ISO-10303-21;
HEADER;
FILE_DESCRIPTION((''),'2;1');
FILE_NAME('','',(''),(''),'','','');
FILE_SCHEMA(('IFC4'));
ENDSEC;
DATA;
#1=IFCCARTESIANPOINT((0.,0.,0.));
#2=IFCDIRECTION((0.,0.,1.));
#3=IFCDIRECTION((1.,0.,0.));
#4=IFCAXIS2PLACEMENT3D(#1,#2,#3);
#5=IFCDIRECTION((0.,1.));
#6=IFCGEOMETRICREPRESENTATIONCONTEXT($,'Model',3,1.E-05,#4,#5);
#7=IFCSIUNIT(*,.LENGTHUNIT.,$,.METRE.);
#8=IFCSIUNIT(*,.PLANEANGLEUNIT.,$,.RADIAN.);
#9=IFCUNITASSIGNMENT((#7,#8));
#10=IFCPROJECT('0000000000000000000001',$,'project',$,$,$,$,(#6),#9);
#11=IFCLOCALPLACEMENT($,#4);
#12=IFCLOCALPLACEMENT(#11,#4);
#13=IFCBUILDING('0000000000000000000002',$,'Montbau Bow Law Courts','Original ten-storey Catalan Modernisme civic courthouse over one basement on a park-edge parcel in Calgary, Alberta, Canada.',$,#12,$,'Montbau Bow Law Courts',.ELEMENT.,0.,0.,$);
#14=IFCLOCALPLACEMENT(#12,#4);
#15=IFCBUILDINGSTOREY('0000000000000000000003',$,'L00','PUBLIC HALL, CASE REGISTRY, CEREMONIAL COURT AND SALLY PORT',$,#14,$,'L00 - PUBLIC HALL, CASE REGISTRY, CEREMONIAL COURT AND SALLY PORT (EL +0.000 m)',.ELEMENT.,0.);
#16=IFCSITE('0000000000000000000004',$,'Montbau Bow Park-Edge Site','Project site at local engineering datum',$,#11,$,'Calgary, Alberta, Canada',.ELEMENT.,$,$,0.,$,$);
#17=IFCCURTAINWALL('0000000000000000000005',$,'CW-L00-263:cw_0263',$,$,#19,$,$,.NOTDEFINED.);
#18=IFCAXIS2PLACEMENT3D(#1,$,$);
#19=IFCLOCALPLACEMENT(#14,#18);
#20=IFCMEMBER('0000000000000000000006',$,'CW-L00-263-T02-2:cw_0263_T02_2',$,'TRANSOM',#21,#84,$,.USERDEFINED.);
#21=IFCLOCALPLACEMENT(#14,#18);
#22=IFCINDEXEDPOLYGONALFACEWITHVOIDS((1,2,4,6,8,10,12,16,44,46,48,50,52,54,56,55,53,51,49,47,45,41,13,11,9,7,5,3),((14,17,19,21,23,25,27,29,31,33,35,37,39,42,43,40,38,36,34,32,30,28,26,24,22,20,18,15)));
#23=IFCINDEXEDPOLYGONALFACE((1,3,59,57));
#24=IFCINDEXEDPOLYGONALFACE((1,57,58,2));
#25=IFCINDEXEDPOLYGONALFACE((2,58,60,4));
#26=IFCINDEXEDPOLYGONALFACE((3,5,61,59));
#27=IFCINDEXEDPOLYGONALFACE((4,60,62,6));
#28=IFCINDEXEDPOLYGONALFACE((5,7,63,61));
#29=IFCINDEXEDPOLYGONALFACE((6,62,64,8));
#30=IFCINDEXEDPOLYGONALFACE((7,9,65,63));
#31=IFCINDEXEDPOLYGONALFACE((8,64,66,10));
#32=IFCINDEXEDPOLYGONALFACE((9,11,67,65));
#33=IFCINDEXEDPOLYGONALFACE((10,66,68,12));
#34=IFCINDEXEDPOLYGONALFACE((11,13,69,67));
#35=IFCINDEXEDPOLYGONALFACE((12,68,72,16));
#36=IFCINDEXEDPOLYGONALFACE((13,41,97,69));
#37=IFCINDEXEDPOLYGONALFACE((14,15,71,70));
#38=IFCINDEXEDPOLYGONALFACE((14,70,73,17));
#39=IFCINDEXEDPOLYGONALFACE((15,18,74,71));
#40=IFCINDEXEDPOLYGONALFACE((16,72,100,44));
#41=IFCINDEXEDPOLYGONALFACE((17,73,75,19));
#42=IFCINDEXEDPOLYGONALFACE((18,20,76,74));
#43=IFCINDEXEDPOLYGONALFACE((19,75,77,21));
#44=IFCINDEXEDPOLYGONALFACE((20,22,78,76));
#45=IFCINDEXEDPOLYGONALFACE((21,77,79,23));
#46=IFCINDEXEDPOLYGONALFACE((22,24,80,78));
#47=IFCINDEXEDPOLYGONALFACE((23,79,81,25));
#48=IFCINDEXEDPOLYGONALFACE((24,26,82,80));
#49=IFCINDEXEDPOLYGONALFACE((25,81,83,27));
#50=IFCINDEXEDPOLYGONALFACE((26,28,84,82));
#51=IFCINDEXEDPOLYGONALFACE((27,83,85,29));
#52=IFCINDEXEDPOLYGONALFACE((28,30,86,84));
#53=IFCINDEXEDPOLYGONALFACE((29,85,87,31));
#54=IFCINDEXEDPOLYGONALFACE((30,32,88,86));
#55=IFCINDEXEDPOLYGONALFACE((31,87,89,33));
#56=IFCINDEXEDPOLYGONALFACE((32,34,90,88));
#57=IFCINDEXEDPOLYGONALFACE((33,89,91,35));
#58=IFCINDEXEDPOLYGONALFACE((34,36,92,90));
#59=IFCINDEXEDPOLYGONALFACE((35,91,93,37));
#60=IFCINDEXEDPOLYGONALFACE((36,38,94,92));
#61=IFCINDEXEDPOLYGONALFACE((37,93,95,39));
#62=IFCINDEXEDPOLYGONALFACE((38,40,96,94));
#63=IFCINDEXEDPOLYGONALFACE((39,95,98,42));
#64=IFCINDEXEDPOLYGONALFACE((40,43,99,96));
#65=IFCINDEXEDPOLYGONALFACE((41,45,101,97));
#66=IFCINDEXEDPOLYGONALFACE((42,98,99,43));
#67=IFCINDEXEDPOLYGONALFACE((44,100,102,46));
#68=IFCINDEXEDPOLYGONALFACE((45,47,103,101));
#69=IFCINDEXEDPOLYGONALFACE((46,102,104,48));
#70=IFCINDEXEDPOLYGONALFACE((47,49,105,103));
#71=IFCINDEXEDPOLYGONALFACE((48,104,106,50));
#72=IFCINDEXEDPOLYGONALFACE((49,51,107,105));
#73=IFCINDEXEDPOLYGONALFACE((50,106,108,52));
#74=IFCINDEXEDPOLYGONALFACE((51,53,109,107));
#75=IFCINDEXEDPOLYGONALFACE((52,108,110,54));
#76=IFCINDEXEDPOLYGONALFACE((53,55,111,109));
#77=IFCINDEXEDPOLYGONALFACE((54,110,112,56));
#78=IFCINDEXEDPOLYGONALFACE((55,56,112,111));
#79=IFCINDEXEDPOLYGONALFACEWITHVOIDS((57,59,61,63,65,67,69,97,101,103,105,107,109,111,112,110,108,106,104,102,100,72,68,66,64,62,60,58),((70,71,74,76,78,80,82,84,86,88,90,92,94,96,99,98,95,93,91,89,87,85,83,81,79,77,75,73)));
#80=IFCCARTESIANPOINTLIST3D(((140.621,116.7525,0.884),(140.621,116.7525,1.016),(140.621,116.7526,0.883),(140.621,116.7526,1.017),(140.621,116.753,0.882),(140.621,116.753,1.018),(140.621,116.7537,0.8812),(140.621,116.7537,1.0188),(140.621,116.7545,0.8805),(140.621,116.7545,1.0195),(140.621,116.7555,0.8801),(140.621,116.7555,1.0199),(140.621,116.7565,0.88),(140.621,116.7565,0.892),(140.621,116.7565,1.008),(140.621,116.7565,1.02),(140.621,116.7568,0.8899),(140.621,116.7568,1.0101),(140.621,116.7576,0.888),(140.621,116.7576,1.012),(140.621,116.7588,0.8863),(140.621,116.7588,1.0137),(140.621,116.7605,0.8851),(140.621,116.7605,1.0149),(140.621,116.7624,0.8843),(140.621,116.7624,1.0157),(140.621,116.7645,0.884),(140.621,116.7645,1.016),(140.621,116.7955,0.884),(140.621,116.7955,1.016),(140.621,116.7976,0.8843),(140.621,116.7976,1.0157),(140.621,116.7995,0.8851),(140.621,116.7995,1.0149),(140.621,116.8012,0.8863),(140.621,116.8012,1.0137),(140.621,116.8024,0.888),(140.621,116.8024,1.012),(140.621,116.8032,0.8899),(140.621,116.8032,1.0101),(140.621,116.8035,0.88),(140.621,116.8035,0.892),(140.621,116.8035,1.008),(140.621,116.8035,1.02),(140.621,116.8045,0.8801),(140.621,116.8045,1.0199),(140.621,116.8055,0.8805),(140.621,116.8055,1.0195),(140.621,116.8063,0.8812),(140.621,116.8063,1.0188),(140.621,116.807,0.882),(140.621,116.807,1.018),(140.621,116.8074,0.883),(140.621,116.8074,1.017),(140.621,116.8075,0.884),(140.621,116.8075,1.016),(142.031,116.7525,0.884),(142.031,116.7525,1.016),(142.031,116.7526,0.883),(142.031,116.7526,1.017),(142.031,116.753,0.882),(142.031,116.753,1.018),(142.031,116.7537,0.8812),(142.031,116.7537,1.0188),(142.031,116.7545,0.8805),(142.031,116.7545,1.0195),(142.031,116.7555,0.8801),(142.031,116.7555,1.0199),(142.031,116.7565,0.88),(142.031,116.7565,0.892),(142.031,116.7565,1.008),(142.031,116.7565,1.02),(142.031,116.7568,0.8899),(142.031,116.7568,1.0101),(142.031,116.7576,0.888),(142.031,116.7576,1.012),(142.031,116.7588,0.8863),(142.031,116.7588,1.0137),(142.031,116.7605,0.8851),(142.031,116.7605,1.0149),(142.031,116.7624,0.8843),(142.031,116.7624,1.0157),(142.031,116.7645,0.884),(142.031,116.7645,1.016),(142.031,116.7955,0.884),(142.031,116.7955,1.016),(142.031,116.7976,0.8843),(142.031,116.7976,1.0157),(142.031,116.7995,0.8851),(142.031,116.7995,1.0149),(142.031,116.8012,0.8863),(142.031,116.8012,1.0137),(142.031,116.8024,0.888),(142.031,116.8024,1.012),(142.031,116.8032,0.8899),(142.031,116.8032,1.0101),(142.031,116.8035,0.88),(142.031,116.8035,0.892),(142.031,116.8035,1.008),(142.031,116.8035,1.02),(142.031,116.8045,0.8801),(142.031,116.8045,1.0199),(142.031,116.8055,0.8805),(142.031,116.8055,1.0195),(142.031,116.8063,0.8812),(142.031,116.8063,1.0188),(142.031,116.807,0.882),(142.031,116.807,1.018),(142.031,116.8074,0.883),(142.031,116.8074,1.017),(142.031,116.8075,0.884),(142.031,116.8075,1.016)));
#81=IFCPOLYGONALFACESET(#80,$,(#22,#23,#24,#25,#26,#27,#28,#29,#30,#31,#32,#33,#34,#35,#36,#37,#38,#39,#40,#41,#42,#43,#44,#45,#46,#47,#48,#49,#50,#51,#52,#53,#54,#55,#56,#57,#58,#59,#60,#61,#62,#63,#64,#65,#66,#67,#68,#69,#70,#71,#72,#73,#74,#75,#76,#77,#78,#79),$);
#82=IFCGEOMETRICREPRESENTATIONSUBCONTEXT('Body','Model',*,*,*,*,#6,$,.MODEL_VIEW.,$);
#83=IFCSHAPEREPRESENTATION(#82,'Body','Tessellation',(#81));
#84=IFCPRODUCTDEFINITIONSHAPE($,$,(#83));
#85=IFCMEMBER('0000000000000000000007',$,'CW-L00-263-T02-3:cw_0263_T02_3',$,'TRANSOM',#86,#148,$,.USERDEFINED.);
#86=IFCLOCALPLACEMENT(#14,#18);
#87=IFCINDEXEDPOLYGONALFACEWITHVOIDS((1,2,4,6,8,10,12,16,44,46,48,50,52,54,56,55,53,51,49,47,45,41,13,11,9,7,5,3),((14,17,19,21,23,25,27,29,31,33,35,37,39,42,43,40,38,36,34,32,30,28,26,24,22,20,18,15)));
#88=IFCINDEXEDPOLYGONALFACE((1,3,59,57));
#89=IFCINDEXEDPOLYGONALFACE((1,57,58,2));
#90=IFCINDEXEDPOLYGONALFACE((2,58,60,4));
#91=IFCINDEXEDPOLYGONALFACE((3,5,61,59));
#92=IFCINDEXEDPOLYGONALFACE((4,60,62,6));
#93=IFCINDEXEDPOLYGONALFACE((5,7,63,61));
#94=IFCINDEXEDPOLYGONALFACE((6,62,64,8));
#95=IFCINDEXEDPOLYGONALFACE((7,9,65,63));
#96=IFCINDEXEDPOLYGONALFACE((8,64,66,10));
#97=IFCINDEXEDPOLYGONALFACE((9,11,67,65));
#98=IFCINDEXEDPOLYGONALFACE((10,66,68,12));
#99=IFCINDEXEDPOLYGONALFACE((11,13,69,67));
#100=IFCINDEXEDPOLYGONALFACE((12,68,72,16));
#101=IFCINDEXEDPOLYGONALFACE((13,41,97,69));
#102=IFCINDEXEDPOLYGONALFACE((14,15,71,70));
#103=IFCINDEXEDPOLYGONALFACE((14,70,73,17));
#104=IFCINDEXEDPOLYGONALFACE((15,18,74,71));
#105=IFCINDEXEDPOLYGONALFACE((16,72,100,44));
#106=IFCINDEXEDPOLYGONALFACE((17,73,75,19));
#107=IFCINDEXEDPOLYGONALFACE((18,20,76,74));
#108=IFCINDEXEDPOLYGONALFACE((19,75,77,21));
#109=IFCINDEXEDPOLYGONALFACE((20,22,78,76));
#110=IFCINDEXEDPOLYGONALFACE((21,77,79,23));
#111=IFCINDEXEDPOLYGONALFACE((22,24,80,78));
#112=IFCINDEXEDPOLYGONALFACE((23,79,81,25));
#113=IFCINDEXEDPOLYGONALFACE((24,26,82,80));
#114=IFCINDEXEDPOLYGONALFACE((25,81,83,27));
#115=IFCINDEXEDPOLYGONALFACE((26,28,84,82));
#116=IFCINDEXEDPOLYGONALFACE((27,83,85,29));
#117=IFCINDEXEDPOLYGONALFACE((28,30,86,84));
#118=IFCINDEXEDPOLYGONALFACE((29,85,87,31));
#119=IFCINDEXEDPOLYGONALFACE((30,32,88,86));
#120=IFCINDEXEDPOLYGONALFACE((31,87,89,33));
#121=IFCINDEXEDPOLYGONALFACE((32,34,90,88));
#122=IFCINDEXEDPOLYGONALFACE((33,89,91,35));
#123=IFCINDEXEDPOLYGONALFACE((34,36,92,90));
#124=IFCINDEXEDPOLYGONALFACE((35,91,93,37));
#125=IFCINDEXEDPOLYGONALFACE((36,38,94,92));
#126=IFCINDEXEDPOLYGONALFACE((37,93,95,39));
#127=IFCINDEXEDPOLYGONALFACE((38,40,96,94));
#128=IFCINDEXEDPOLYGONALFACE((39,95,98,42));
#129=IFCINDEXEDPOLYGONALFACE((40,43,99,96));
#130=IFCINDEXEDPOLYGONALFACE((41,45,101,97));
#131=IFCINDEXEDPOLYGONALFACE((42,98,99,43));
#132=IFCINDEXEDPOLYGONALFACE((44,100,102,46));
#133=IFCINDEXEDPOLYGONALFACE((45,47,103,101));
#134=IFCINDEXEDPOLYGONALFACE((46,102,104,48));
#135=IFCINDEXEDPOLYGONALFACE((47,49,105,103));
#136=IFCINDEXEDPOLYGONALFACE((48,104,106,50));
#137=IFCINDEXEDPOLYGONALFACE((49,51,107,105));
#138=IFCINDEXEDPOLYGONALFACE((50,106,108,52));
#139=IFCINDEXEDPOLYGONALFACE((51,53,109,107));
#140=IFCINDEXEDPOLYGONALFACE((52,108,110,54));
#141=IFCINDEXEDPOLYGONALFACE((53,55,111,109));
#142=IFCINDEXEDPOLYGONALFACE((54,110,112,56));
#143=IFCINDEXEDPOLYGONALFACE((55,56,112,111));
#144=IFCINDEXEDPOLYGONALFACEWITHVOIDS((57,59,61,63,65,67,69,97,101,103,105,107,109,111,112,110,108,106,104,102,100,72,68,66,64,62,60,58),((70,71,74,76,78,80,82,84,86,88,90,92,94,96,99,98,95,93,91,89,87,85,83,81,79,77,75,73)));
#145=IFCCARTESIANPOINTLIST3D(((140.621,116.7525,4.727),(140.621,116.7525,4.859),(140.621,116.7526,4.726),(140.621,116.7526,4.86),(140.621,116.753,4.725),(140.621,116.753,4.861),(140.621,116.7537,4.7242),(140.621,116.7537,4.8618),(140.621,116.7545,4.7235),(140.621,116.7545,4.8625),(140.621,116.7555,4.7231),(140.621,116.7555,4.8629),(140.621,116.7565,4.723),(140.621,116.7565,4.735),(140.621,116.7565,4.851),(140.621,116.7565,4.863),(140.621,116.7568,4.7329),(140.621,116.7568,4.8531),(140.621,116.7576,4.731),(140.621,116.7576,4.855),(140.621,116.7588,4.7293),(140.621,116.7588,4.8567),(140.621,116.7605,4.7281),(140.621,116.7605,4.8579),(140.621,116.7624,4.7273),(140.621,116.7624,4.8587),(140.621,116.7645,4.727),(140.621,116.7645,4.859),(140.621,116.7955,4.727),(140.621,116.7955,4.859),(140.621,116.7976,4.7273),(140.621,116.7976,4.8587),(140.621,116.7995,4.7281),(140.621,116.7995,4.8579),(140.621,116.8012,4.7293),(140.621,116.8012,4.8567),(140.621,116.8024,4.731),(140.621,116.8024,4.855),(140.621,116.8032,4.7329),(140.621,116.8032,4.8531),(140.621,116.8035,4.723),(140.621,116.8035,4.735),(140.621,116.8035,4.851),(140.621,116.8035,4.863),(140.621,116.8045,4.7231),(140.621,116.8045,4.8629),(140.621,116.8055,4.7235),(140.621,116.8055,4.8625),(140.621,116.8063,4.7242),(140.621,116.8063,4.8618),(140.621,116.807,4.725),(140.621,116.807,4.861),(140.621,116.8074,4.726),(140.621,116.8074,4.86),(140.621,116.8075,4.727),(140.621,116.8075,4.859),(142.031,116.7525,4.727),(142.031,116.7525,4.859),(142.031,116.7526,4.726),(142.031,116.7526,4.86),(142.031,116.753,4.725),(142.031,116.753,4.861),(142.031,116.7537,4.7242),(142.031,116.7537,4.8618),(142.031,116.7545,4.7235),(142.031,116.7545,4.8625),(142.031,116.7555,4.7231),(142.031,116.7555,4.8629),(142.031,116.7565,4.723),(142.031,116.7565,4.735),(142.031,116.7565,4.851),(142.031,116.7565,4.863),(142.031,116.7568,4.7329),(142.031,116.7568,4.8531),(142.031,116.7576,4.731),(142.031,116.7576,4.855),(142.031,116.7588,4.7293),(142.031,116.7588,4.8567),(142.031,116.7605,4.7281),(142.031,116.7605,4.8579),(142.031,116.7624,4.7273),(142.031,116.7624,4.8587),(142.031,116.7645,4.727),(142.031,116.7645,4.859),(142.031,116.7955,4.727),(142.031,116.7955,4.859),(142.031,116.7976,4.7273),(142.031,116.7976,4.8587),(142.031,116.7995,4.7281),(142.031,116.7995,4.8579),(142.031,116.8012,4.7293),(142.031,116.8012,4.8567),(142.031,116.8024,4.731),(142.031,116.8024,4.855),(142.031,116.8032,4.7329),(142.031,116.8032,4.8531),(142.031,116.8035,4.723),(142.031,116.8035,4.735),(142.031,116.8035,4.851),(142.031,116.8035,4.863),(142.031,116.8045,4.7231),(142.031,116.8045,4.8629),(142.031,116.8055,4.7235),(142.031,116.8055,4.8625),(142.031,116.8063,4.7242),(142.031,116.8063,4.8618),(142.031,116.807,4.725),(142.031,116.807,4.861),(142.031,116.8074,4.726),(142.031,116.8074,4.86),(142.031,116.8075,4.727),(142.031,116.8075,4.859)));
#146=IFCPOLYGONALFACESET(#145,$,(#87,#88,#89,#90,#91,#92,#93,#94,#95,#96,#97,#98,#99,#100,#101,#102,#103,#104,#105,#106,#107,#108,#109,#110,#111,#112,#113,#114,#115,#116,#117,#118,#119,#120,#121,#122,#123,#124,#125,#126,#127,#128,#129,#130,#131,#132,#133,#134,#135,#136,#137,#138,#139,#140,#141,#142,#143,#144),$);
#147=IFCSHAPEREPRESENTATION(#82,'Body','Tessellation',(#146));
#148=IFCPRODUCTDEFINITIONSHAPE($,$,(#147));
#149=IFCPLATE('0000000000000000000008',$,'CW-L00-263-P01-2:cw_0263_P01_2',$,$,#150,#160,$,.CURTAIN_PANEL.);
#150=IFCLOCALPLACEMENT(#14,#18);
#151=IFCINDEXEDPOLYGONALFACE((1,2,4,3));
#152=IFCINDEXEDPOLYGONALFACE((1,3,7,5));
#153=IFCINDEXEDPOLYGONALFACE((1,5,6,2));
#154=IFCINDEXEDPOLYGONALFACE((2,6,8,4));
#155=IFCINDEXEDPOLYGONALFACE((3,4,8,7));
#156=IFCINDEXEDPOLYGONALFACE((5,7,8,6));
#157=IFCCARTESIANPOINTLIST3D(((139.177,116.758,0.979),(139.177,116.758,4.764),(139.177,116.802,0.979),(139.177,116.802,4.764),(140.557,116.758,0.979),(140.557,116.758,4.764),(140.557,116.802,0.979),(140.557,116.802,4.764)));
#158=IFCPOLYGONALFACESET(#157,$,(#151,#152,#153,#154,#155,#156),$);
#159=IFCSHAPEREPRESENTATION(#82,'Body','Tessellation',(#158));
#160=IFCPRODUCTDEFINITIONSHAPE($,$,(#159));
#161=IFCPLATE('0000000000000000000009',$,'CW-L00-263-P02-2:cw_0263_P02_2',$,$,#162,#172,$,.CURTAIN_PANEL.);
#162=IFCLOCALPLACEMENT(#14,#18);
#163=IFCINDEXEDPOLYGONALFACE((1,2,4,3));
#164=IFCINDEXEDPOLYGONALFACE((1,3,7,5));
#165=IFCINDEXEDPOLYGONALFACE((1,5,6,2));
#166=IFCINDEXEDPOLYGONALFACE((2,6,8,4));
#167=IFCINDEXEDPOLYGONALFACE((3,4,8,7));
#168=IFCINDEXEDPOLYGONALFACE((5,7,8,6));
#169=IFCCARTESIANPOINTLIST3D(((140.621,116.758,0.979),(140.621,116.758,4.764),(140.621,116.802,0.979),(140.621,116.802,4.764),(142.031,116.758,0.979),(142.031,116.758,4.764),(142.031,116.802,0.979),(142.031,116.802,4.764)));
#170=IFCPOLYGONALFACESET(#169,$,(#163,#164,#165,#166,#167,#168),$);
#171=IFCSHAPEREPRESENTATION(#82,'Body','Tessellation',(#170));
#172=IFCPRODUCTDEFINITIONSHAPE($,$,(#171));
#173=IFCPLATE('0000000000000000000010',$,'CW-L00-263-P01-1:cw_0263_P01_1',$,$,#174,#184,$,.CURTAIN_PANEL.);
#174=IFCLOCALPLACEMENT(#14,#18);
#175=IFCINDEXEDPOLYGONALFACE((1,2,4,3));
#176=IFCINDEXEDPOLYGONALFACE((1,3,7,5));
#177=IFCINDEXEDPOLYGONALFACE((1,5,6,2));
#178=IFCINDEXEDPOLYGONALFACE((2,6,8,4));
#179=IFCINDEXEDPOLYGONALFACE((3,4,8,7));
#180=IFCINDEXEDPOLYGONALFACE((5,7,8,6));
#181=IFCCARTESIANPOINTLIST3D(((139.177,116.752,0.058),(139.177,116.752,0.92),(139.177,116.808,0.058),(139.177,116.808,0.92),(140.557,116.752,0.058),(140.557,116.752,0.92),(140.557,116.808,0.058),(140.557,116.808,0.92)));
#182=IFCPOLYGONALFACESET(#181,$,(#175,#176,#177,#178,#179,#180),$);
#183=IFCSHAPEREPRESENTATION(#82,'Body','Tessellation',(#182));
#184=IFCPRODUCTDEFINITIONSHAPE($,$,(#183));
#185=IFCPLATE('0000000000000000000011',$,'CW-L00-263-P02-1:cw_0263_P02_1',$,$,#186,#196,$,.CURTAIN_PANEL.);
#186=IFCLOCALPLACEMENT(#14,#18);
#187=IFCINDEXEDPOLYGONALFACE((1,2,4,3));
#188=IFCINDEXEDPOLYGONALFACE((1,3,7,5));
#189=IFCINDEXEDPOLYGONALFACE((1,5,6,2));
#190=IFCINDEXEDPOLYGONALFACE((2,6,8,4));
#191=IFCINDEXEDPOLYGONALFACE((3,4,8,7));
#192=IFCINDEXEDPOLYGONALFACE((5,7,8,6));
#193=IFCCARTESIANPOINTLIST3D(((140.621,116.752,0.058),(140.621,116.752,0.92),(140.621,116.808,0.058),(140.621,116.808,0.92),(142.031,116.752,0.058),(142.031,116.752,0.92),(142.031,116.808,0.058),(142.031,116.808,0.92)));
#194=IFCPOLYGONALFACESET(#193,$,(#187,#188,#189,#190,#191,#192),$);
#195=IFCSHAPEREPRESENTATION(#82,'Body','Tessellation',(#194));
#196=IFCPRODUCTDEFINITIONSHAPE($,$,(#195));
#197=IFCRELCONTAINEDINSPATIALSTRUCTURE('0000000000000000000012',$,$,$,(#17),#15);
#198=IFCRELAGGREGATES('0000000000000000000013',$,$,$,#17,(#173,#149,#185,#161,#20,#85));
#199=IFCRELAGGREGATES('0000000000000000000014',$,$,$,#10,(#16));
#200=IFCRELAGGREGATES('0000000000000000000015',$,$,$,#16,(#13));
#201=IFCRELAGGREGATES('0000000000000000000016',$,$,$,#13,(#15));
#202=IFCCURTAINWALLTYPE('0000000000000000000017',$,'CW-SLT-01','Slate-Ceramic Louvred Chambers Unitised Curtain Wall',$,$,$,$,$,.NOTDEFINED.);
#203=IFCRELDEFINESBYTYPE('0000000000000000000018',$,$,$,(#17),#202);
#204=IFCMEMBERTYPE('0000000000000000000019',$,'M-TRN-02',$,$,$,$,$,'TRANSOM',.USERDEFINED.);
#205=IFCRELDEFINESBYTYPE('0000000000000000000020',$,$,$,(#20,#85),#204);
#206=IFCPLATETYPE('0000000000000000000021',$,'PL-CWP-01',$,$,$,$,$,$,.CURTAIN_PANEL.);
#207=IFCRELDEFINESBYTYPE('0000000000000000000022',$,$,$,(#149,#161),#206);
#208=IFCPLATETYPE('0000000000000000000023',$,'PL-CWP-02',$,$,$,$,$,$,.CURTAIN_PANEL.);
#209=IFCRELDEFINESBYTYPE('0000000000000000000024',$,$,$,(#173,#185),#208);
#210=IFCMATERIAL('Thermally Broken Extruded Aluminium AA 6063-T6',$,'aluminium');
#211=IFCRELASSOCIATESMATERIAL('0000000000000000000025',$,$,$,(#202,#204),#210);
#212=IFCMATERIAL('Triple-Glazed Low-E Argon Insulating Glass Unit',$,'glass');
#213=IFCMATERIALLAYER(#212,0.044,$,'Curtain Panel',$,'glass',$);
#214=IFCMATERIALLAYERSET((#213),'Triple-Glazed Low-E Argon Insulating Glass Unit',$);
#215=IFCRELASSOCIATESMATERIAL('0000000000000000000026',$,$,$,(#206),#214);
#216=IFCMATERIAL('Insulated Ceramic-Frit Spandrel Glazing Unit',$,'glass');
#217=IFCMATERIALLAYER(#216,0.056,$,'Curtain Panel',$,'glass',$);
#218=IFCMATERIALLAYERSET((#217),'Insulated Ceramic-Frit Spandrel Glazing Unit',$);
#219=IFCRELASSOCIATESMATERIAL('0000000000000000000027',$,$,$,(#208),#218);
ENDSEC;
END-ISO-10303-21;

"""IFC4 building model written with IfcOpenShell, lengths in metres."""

from ifc_helpers import new_model, si_unit, direction, frame, frame_2d, origin_with_axes, origin_2d_with_axis, place, context, subcontext, project, spatial, rectangle, hollow_rectangle, extrude, material, layer, layer_set, material_profile, profile_set, type_object, element, aggregate, save


model = new_model("IFC4")

# Units and contexts
model_context = context("Model", 3, precision=1e-05, world=origin_with_axes(), true_north=direction((0.0, 1.0)))
body_context = subcontext(model_context, "Body", "Model", "MODEL_VIEW")
ifc_project = project(units=[si_unit("LENGTHUNIT", "METRE"), si_unit("PLANEANGLEUNIT", "RADIAN")], contexts=[model_context])

# Site, building, storey
site_placement = place(None, origin_with_axes())
site = spatial("IfcSite", under=ifc_project, at=site_placement, Name="Montbau Bow Park-Edge Site", Description="Project site at local engineering datum", LongName="Calgary, Alberta, Canada", CompositionType="ELEMENT", RefElevation=0.0)
building_placement = place(site_placement, origin_with_axes())
building = spatial("IfcBuilding", under=site, at=building_placement, Name="Montbau Bow Law Courts", Description="Original ten-storey Catalan Modernisme civic courthouse over one basement on a park-edge parcel in Calgary, Alberta, Canada.", LongName="Montbau Bow Law Courts", CompositionType="ELEMENT", ElevationOfRefHeight=0.0, ElevationOfTerrain=0.0)
storey_placement = place(building_placement, origin_with_axes())
storey = spatial("IfcBuildingStorey", under=building, at=storey_placement, Name="L00", Description="PUBLIC HALL, CASE REGISTRY, CEREMONIAL COURT AND SALLY PORT", LongName="L00 - PUBLIC HALL, CASE REGISTRY, CEREMONIAL COURT AND SALLY PORT (EL +0.000 m)", CompositionType="ELEMENT", Elevation=0.0)

# Shared definitions
ifc_material_1 = material(Name="Thermally Broken Extruded Aluminium AA 6063-T6", Category="aluminium")
curtain_wall_type = type_object("IfcCurtainWallType", Name="CW-SLT-01", Description="Slate-Ceramic Louvred Chambers Unitised Curtain Wall", PredefinedType="NOTDEFINED", material=ifc_material_1)

# Curtain wall, members, plates
curtain_wall_1_placement = place(None, frame((139.115, 116.78, 0.0), z_axis=(0.0, 0.0, 1.0), x_axis=(1.0, 0.0, 0.0)))
curtain_wall_1 = element("IfcCurtainWall", 1, at=curtain_wall_1_placement, inside=storey, type_object=curtain_wall_type, Name="CW-L00-263:cw_0263", PredefinedType="NOTDEFINED")
ifc_material_profile_1 = material_profile(ifc_material_1, hollow_rectangle(XDim=0.055, YDim=0.14, WallThickness=0.004, InnerFilletRadius=0.008, OuterFilletRadius=0.004, at=origin_2d_with_axis()), Name="CWT-140X55", Category="Main", Priority=0)
ifc_profile_set_1 = profile_set([ifc_material_profile_1], Name="Thermally Broken Extruded Aluminium AA 6063-T6")
member_type_1 = type_object("IfcMemberType", Name="M-TRN-02", ElementType="TRANSOM", PredefinedType="USERDEFINED", material=ifc_profile_set_1)
member_1_placement = place(None, frame((140.621, 116.78, 0.95), z_axis=(1.0, 0.0, 0.0), x_axis=(0.0, 1.0, 0.0)))
member_1 = element("IfcMember", 2, at=member_1_placement, type_object=member_type_1, Name="CW-L00-263-T02-2:cw_0263_T02_2", ObjectType="TRANSOM", PredefinedType="USERDEFINED", context=body_context, shape_type="SweptSolid", body=[
    extrude(hollow_rectangle(XDim=0.055, YDim=0.14, WallThickness=0.004, InnerFilletRadius=0.008, OuterFilletRadius=0.004, at=origin_2d_with_axis()), origin_with_axes(), (0.0, 0.0, 1.0), 1.41),
])
member_2_placement = place(None, frame((140.621, 116.78, 4.793), z_axis=(1.0, 0.0, 0.0), x_axis=(0.0, 1.0, 0.0)))
member_2 = element("IfcMember", 3, at=member_2_placement, type_object=member_type_1, Name="CW-L00-263-T02-3:cw_0263_T02_3", ObjectType="TRANSOM", PredefinedType="USERDEFINED", context=body_context, shape_type="SweptSolid", body=[
    extrude(hollow_rectangle(XDim=0.055, YDim=0.14, WallThickness=0.004, InnerFilletRadius=0.008, OuterFilletRadius=0.004, at=origin_2d_with_axis()), origin_with_axes(), (0.0, 0.0, 1.0), 1.41),
])
ifc_material_2 = material(Name="Triple-Glazed Low-E Argon Insulating Glass Unit", Category="glass")
ifc_layer_1 = layer(ifc_material_2, 0.044, Name="Curtain Panel", Category="glass")
ifc_layer_set_1 = layer_set([ifc_layer_1], Name="Triple-Glazed Low-E Argon Insulating Glass Unit")
plate_type_1 = type_object("IfcPlateType", Name="PL-CWP-01", PredefinedType="CURTAIN_PANEL", material=ifc_layer_set_1)
plate_1_placement = place(None, frame((139.177, 116.78, 0.979), z_axis=(0.0, -1.0, 0.0), x_axis=(1.0, 0.0, 0.0)))
plate_1 = element("IfcPlate", 4, at=plate_1_placement, type_object=plate_type_1, Name="CW-L00-263-P01-2:cw_0263_P01_2", PredefinedType="CURTAIN_PANEL", context=body_context, shape_type="SweptSolid", body=[
    extrude(rectangle(XDim=1.38, YDim=3.785, at=frame_2d((0.69, 1.8925), x_axis=(1.0, 0.0))), frame((0.0, 0.0, -0.022), z_axis=(0.0, 0.0, 1.0), x_axis=(1.0, 0.0, 0.0)), (0.0, 0.0, 1.0), 0.044),
])
plate_2_placement = place(None, frame((140.621, 116.78, 0.979), z_axis=(0.0, -1.0, 0.0), x_axis=(1.0, 0.0, 0.0)))
plate_2 = element("IfcPlate", 5, at=plate_2_placement, type_object=plate_type_1, Name="CW-L00-263-P02-2:cw_0263_P02_2", PredefinedType="CURTAIN_PANEL", context=body_context, shape_type="SweptSolid", body=[
    extrude(rectangle(XDim=1.41, YDim=3.785, at=frame_2d((0.705, 1.8925), x_axis=(1.0, 0.0))), frame((0.0, 0.0, -0.022), z_axis=(0.0, 0.0, 1.0), x_axis=(1.0, 0.0, 0.0)), (0.0, 0.0, 1.0), 0.044),
])
ifc_material_3 = material(Name="Insulated Ceramic-Frit Spandrel Glazing Unit", Category="glass")
ifc_layer_2 = layer(ifc_material_3, 0.056, Name="Curtain Panel", Category="glass")
ifc_layer_set_2 = layer_set([ifc_layer_2], Name="Insulated Ceramic-Frit Spandrel Glazing Unit")
plate_type_2 = type_object("IfcPlateType", Name="PL-CWP-02", PredefinedType="CURTAIN_PANEL", material=ifc_layer_set_2)
plate_3_placement = place(None, frame((139.177, 116.78, 0.058), z_axis=(0.0, -1.0, 0.0), x_axis=(1.0, 0.0, 0.0)))
plate_3 = element("IfcPlate", 6, at=plate_3_placement, type_object=plate_type_2, Name="CW-L00-263-P01-1:cw_0263_P01_1", PredefinedType="CURTAIN_PANEL", context=body_context, shape_type="SweptSolid", body=[
    extrude(rectangle(XDim=1.38, YDim=0.862, at=frame_2d((0.69, 0.431), x_axis=(1.0, 0.0))), frame((0.0, 0.0, -0.028), z_axis=(0.0, 0.0, 1.0), x_axis=(1.0, 0.0, 0.0)), (0.0, 0.0, 1.0), 0.056),
])
plate_4_placement = place(None, frame((140.621, 116.78, 0.058), z_axis=(0.0, -1.0, 0.0), x_axis=(1.0, 0.0, 0.0)))
plate_4 = element("IfcPlate", 7, at=plate_4_placement, type_object=plate_type_2, Name="CW-L00-263-P02-1:cw_0263_P02_1", PredefinedType="CURTAIN_PANEL", context=body_context, shape_type="SweptSolid", body=[
    extrude(rectangle(XDim=1.41, YDim=0.862, at=frame_2d((0.705, 0.431), x_axis=(1.0, 0.0))), frame((0.0, 0.0, -0.028), z_axis=(0.0, 0.0, 1.0), x_axis=(1.0, 0.0, 0.0)), (0.0, 0.0, 1.0), 0.056),
])
aggregate(curtain_wall_1, [plate_3, plate_1, plate_4, plate_2, member_1, member_2])

save(model, "model.ifc")
